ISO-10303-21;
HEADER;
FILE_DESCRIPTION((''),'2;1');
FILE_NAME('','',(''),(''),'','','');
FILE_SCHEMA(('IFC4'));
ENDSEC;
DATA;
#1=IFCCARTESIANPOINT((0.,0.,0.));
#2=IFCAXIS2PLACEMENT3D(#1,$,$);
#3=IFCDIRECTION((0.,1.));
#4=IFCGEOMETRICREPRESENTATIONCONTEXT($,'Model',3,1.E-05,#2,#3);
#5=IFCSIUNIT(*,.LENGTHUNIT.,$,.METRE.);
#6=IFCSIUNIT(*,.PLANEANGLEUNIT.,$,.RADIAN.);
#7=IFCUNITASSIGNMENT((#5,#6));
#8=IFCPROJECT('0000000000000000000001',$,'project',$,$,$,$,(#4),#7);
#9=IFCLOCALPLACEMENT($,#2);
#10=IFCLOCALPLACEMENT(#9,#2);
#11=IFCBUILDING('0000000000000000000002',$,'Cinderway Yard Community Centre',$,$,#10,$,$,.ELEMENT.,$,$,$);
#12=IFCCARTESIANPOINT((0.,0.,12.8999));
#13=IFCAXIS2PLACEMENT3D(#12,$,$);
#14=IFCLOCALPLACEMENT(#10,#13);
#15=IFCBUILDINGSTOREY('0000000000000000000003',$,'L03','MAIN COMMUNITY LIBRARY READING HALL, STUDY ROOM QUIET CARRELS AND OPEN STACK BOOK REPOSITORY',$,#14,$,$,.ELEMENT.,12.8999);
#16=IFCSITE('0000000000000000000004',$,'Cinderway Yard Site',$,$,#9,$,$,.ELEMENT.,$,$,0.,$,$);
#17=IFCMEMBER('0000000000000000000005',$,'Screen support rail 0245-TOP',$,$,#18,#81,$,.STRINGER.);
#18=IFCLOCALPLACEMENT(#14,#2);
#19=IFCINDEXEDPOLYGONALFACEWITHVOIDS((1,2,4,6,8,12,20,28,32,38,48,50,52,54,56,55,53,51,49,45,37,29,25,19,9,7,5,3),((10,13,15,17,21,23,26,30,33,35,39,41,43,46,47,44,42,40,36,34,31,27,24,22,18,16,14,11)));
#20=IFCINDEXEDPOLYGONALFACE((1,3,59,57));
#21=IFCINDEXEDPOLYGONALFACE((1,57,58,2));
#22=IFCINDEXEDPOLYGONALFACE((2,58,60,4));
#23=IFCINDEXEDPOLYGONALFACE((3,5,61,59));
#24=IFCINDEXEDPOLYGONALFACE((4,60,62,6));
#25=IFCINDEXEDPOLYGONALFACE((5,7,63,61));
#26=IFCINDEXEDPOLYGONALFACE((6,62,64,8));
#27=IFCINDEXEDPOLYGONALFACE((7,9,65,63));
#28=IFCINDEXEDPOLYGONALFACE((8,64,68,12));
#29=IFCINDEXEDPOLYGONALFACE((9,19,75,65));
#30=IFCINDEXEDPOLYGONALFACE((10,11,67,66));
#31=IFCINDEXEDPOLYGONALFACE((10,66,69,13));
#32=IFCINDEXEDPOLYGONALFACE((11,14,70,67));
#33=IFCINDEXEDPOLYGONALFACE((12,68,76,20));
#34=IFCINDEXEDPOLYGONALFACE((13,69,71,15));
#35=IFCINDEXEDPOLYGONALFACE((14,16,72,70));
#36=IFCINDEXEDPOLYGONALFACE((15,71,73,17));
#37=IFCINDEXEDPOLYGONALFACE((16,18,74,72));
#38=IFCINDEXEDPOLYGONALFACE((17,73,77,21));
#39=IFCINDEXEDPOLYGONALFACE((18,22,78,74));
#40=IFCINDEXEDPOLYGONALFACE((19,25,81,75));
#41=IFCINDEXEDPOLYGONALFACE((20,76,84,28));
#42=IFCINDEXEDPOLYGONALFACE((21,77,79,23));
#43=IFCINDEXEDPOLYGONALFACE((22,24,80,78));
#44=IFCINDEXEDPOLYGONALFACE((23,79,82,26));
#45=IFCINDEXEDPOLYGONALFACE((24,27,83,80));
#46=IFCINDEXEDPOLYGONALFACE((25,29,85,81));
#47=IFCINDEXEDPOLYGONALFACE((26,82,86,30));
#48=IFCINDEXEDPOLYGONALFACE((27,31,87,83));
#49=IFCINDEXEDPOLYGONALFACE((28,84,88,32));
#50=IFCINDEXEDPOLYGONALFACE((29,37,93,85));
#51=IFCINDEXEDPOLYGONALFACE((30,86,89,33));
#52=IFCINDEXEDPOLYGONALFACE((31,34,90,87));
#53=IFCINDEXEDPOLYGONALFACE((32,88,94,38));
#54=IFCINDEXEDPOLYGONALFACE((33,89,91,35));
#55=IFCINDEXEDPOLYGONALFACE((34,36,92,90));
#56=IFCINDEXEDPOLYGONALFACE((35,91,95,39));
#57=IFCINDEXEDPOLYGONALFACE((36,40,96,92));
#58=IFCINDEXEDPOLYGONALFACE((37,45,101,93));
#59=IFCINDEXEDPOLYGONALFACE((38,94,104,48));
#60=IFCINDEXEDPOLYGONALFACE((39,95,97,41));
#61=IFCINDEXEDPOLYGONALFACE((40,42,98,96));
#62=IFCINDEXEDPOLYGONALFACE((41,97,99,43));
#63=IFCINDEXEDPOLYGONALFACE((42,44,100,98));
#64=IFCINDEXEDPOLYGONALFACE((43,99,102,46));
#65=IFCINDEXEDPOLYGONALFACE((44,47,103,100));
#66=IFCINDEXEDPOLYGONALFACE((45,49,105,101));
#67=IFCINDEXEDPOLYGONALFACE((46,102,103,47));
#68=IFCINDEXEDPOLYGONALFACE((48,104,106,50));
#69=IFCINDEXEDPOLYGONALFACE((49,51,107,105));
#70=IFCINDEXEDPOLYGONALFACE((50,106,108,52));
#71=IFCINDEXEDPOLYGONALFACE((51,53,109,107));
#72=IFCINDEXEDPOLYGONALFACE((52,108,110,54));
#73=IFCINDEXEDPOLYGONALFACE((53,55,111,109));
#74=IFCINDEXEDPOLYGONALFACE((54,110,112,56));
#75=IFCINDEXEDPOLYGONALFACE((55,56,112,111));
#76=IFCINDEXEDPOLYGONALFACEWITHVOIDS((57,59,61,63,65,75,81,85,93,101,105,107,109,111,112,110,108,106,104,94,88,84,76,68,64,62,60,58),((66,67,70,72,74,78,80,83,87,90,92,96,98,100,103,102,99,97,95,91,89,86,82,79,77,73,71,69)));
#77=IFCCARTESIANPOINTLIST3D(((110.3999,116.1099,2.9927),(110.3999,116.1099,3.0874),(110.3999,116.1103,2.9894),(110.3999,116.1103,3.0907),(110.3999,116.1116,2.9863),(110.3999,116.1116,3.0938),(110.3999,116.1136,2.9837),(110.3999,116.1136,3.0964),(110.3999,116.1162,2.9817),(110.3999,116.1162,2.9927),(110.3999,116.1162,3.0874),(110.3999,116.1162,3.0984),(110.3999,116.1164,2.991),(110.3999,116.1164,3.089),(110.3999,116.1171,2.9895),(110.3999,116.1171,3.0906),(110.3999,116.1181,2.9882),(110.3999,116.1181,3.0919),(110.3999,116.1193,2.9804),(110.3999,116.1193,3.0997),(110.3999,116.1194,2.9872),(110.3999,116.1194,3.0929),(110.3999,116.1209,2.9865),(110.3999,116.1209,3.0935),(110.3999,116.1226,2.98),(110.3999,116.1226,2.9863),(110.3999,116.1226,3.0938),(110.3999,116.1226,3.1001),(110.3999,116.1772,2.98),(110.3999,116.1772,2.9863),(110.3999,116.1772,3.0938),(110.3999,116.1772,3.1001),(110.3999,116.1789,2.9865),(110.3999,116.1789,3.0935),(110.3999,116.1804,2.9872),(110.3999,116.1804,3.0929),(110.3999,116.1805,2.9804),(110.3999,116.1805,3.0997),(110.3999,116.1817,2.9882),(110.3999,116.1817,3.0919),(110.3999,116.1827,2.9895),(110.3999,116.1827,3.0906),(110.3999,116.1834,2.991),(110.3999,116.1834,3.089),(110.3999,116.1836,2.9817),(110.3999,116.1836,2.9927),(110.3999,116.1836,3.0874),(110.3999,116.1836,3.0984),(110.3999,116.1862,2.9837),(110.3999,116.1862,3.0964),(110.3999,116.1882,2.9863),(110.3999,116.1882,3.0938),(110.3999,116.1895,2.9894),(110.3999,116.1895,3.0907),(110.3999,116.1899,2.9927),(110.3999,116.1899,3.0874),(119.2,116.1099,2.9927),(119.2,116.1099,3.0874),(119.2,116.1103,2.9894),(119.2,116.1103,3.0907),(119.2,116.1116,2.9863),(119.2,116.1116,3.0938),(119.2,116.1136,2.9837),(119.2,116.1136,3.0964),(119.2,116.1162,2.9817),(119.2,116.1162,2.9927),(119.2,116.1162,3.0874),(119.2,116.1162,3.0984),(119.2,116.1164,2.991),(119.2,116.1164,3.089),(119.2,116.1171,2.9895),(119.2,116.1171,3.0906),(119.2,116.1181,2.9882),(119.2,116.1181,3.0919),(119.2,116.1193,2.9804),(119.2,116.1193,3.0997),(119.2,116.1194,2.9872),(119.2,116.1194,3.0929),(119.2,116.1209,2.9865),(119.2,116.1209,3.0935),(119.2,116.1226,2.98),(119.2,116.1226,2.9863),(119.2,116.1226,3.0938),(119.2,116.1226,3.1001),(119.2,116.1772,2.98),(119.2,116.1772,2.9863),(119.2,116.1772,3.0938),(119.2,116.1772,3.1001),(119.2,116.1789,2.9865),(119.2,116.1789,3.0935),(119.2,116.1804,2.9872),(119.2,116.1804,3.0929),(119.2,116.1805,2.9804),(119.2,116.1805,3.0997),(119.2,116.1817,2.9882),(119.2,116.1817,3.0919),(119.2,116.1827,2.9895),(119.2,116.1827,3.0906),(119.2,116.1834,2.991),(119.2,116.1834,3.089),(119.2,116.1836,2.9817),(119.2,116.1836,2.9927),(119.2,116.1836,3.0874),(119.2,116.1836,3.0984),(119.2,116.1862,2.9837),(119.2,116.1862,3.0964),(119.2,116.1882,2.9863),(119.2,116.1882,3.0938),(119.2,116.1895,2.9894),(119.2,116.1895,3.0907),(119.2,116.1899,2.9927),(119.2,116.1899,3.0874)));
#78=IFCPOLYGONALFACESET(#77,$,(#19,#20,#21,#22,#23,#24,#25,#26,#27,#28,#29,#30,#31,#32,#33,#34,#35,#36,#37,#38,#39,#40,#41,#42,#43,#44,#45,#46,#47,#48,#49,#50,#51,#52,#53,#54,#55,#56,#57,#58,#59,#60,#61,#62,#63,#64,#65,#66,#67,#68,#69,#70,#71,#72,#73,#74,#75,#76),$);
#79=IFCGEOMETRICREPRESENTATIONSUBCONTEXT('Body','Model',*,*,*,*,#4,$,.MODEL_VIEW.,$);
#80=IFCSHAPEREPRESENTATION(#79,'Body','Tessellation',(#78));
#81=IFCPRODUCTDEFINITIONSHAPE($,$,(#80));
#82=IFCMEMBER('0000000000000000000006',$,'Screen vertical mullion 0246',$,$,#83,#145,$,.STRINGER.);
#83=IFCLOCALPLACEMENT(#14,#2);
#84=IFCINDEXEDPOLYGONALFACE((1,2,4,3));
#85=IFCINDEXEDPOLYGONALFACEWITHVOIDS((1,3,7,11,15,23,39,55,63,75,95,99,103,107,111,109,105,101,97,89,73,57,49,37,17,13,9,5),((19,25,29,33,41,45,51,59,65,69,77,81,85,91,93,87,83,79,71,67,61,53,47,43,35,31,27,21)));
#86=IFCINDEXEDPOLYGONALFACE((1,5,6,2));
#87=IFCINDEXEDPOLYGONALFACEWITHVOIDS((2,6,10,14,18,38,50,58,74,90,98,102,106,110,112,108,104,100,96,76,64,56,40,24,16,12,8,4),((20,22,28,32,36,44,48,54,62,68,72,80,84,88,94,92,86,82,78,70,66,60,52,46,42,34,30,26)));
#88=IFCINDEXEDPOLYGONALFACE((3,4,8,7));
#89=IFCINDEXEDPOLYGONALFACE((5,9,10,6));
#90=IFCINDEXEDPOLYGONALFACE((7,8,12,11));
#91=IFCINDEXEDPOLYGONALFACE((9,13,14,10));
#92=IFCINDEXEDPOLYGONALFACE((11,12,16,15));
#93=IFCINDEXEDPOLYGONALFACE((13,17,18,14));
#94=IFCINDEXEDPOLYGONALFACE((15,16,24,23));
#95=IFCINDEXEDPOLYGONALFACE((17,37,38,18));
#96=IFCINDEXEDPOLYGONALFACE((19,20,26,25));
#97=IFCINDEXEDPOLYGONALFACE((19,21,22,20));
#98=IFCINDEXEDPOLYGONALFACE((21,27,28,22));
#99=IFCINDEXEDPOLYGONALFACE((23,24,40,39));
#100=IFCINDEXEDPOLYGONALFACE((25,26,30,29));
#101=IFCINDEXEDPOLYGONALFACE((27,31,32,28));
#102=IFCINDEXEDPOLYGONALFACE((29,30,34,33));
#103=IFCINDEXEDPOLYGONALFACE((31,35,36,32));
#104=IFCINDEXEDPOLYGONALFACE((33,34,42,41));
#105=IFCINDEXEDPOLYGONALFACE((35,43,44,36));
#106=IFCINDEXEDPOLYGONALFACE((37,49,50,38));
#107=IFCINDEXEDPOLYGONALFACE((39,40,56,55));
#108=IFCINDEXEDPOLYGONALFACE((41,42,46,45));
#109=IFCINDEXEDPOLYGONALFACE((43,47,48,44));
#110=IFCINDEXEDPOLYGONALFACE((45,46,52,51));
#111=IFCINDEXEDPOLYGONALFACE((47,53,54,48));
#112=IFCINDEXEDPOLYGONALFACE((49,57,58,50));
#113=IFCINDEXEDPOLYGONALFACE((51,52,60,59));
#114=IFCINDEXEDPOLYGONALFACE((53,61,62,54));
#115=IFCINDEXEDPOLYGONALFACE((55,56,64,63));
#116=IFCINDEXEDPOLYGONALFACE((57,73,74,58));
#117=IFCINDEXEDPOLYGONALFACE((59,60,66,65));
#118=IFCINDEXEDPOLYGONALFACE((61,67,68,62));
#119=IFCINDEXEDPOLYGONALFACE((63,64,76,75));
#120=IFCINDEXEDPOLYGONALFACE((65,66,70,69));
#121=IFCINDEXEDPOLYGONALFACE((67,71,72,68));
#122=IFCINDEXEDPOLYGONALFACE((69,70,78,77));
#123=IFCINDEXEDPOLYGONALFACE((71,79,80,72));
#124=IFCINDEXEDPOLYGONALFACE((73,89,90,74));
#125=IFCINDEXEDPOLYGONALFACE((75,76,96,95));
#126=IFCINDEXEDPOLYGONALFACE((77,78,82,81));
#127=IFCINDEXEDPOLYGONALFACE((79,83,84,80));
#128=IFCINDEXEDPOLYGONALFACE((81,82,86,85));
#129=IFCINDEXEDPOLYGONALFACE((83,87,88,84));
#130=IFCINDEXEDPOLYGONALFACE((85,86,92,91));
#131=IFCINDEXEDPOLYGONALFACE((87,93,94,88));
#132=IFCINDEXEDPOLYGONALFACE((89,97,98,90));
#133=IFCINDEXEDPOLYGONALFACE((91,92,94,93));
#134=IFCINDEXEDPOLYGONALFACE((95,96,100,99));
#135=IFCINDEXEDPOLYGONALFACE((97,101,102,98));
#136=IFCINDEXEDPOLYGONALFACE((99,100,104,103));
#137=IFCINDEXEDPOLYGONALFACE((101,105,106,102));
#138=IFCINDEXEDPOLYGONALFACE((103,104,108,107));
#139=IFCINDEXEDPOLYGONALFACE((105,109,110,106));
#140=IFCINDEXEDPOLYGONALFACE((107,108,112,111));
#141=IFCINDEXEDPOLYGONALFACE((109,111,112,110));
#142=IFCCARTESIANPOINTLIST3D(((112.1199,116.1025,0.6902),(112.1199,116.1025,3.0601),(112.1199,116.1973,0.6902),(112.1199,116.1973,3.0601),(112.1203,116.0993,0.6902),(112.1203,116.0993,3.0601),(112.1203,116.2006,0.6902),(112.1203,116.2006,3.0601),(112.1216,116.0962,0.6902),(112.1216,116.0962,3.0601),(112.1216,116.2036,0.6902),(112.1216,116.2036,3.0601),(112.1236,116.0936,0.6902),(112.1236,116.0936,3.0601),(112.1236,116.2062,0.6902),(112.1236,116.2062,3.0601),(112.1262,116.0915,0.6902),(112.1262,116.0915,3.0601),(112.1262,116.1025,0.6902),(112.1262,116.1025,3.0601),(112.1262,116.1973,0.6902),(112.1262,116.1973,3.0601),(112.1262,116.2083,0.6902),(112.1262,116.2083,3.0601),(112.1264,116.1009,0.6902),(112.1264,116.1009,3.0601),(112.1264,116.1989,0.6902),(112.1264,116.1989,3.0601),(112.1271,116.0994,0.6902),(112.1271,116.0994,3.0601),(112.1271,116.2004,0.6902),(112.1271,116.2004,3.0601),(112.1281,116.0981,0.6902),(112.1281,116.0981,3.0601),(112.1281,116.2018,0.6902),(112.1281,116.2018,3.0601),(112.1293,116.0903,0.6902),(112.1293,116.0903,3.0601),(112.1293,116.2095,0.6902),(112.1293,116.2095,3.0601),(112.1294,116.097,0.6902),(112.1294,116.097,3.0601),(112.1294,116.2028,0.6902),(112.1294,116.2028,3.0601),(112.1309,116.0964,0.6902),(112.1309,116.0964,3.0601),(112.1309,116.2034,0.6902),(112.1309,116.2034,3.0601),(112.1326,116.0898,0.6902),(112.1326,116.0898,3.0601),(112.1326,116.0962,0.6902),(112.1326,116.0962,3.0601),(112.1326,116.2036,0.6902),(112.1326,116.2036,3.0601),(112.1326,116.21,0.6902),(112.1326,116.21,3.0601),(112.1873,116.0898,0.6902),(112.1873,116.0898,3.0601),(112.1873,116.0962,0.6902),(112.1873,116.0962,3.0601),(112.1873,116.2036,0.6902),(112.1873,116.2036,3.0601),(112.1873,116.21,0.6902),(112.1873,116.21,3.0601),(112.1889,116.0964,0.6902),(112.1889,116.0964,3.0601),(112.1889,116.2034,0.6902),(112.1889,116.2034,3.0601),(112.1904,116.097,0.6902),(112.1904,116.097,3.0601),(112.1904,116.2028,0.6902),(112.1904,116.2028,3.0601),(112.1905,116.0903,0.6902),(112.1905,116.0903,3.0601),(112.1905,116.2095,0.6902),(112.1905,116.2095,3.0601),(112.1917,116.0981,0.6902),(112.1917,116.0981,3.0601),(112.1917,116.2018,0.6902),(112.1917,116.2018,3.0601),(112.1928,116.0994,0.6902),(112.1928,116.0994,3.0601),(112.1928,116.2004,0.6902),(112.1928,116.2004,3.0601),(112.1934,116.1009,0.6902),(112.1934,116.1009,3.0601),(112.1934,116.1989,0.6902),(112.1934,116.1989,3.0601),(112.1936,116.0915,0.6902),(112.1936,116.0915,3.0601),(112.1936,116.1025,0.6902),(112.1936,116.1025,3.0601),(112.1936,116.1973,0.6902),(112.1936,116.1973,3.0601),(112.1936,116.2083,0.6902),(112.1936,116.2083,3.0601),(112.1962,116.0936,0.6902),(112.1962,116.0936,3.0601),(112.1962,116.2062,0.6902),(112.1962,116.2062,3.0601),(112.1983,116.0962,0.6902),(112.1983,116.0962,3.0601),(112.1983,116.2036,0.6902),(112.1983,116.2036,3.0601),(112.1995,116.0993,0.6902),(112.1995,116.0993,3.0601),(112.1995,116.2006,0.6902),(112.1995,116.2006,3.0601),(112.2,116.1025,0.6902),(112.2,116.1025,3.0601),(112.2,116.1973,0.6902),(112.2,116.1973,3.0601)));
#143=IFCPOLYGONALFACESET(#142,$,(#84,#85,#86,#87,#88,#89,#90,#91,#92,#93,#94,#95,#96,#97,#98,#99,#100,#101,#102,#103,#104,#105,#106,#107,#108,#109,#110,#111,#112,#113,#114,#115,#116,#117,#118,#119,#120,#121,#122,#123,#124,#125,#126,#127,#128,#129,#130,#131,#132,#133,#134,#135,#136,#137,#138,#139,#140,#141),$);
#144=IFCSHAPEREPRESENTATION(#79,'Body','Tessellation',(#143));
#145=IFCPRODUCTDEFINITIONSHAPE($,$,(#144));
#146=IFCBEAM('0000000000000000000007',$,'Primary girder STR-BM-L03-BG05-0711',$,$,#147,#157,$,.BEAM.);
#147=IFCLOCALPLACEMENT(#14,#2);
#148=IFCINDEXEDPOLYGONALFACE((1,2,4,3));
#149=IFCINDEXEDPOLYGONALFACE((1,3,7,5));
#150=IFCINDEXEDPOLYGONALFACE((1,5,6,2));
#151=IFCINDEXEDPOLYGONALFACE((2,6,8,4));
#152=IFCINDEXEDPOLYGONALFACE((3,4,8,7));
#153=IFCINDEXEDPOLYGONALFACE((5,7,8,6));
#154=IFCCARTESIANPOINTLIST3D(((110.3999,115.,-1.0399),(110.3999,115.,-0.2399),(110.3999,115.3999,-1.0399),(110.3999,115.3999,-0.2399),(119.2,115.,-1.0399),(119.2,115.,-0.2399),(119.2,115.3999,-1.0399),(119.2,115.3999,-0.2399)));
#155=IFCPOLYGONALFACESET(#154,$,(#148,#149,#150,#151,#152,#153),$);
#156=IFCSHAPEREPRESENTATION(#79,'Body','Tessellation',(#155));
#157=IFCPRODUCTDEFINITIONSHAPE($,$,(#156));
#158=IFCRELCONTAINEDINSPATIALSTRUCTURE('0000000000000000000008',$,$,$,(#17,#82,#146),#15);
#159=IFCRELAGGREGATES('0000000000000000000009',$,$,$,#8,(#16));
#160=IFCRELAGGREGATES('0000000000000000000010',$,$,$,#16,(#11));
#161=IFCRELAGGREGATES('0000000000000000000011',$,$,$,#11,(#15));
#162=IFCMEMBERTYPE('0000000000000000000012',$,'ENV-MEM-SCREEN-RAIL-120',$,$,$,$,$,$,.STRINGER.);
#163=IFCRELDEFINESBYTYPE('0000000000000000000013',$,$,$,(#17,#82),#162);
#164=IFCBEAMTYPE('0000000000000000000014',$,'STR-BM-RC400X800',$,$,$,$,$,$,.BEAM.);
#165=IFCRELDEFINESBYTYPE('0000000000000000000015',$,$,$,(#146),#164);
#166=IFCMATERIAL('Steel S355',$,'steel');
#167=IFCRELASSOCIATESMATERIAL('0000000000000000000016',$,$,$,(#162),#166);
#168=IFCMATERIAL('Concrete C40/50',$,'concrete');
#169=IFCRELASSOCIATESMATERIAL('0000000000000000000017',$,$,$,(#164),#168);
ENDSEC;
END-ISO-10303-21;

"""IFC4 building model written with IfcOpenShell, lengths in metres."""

from ifc_helpers import new_model, si_unit, direction, frame, origin, origin_2d, place, context, subcontext, project, spatial, rectangle, hollow_rectangle, extrude, material, material_profile, profile_set, type_object, element, save


model = new_model("IFC4")

# Units and contexts
model_context = context("Model", 3, precision=1e-05, world=origin(), true_north=direction((0.0, 1.0)))
body_context = subcontext(model_context, "Body", "Model", "MODEL_VIEW")
ifc_project = project(units=[si_unit("LENGTHUNIT", "METRE"), si_unit("PLANEANGLEUNIT", "RADIAN")], contexts=[model_context])

# Site, building, storey
site_placement = place(None, origin())
site = spatial("IfcSite", under=ifc_project, at=site_placement, Name="Cinderway Yard Site", CompositionType="ELEMENT", RefElevation=0.0)
building_placement = place(site_placement, origin())
building = spatial("IfcBuilding", under=site, at=building_placement, Name="Cinderway Yard Community Centre", CompositionType="ELEMENT")
storey_placement = place(building_placement, frame((0.0, 0.0, 12.8999)))
storey = spatial("IfcBuildingStorey", under=building, at=storey_placement, Name="L03", Description="MAIN COMMUNITY LIBRARY READING HALL, STUDY ROOM QUIET CARRELS AND OPEN STACK BOOK REPOSITORY", CompositionType="ELEMENT", Elevation=12.8999)

# Shared definitions
ifc_material_1 = material(Name="Concrete C40/50", Category="concrete")

# Members
ifc_material_2 = material(Name="Steel S355", Category="steel")
ifc_material_profile_1 = material_profile(ifc_material_2, hollow_rectangle(XDim=0.0801, YDim=0.1201, WallThickness=0.0063, InnerFilletRadius=0.0063, OuterFilletRadius=0.0127, at=origin_2d()), Name="Steel S355")
ifc_profile_set_1 = profile_set([ifc_material_profile_1], Name="Steel S355")
member_type_1 = type_object("IfcMemberType", Name="ENV-MEM-SCREEN-RAIL-120", PredefinedType="STRINGER", material=ifc_profile_set_1)
for number, where, z_axis, x_axis, name in (
    (1, (110.3999, 116.1499, 3.04), (1.0, 0.0, 0.0), (0.0, 1.0, 0.0), "Screen support rail 0245-TOP"),
):
    element("IfcMember", number, at=place(storey_placement, frame(where, z_axis=z_axis, x_axis=x_axis)), inside=storey, type_object=member_type_1, Name=name, PredefinedType="STRINGER", context=body_context, shape_type="SweptSolid", body=[
        extrude(hollow_rectangle(XDim=0.0801, YDim=0.1201, WallThickness=0.0063, InnerFilletRadius=0.0063, OuterFilletRadius=0.0127, at=origin_2d()), origin(), (0.0, 0.0, 1.0), 8.8),
    ])
member_1_placement = place(storey_placement, frame((112.1599, 116.1499, 0.6902), z_axis=(0.0, 0.0, 1.0), x_axis=(1.0, 0.0, 0.0)))
element("IfcMember", 2, at=member_1_placement, inside=storey, type_object=member_type_1, Name="Screen vertical mullion 0246", PredefinedType="STRINGER", context=body_context, shape_type="SweptSolid", body=[
    extrude(hollow_rectangle(XDim=0.0801, YDim=0.1201, WallThickness=0.0063, InnerFilletRadius=0.0063, OuterFilletRadius=0.0127, at=origin_2d()), origin(), (0.0, 0.0, 1.0), 2.3699),
])

# Beam
ifc_material_profile_2 = material_profile(ifc_material_1, rectangle(XDim=0.3999, YDim=0.8, at=origin_2d()), Name="Concrete C40/50")
ifc_profile_set_2 = profile_set([ifc_material_profile_2], Name="Concrete C40/50")
beam_type = type_object("IfcBeamType", Name="STR-BM-RC400X800", PredefinedType="BEAM", material=ifc_profile_set_2)
beam_placement = place(storey_placement, frame((110.3999, 115.2, -0.6399), z_axis=(1.0, 0.0, 0.0), x_axis=(0.0, 1.0, 0.0)))
element("IfcBeam", 3, at=beam_placement, inside=storey, type_object=beam_type, Name="Primary girder STR-BM-L03-BG05-0711", PredefinedType="BEAM", context=body_context, shape_type="SweptSolid", body=[
    extrude(rectangle(XDim=0.3999, YDim=0.8, at=origin_2d()), origin(), (0.0, 0.0, 1.0), 8.8),
])

save(model, "model.ifc")
